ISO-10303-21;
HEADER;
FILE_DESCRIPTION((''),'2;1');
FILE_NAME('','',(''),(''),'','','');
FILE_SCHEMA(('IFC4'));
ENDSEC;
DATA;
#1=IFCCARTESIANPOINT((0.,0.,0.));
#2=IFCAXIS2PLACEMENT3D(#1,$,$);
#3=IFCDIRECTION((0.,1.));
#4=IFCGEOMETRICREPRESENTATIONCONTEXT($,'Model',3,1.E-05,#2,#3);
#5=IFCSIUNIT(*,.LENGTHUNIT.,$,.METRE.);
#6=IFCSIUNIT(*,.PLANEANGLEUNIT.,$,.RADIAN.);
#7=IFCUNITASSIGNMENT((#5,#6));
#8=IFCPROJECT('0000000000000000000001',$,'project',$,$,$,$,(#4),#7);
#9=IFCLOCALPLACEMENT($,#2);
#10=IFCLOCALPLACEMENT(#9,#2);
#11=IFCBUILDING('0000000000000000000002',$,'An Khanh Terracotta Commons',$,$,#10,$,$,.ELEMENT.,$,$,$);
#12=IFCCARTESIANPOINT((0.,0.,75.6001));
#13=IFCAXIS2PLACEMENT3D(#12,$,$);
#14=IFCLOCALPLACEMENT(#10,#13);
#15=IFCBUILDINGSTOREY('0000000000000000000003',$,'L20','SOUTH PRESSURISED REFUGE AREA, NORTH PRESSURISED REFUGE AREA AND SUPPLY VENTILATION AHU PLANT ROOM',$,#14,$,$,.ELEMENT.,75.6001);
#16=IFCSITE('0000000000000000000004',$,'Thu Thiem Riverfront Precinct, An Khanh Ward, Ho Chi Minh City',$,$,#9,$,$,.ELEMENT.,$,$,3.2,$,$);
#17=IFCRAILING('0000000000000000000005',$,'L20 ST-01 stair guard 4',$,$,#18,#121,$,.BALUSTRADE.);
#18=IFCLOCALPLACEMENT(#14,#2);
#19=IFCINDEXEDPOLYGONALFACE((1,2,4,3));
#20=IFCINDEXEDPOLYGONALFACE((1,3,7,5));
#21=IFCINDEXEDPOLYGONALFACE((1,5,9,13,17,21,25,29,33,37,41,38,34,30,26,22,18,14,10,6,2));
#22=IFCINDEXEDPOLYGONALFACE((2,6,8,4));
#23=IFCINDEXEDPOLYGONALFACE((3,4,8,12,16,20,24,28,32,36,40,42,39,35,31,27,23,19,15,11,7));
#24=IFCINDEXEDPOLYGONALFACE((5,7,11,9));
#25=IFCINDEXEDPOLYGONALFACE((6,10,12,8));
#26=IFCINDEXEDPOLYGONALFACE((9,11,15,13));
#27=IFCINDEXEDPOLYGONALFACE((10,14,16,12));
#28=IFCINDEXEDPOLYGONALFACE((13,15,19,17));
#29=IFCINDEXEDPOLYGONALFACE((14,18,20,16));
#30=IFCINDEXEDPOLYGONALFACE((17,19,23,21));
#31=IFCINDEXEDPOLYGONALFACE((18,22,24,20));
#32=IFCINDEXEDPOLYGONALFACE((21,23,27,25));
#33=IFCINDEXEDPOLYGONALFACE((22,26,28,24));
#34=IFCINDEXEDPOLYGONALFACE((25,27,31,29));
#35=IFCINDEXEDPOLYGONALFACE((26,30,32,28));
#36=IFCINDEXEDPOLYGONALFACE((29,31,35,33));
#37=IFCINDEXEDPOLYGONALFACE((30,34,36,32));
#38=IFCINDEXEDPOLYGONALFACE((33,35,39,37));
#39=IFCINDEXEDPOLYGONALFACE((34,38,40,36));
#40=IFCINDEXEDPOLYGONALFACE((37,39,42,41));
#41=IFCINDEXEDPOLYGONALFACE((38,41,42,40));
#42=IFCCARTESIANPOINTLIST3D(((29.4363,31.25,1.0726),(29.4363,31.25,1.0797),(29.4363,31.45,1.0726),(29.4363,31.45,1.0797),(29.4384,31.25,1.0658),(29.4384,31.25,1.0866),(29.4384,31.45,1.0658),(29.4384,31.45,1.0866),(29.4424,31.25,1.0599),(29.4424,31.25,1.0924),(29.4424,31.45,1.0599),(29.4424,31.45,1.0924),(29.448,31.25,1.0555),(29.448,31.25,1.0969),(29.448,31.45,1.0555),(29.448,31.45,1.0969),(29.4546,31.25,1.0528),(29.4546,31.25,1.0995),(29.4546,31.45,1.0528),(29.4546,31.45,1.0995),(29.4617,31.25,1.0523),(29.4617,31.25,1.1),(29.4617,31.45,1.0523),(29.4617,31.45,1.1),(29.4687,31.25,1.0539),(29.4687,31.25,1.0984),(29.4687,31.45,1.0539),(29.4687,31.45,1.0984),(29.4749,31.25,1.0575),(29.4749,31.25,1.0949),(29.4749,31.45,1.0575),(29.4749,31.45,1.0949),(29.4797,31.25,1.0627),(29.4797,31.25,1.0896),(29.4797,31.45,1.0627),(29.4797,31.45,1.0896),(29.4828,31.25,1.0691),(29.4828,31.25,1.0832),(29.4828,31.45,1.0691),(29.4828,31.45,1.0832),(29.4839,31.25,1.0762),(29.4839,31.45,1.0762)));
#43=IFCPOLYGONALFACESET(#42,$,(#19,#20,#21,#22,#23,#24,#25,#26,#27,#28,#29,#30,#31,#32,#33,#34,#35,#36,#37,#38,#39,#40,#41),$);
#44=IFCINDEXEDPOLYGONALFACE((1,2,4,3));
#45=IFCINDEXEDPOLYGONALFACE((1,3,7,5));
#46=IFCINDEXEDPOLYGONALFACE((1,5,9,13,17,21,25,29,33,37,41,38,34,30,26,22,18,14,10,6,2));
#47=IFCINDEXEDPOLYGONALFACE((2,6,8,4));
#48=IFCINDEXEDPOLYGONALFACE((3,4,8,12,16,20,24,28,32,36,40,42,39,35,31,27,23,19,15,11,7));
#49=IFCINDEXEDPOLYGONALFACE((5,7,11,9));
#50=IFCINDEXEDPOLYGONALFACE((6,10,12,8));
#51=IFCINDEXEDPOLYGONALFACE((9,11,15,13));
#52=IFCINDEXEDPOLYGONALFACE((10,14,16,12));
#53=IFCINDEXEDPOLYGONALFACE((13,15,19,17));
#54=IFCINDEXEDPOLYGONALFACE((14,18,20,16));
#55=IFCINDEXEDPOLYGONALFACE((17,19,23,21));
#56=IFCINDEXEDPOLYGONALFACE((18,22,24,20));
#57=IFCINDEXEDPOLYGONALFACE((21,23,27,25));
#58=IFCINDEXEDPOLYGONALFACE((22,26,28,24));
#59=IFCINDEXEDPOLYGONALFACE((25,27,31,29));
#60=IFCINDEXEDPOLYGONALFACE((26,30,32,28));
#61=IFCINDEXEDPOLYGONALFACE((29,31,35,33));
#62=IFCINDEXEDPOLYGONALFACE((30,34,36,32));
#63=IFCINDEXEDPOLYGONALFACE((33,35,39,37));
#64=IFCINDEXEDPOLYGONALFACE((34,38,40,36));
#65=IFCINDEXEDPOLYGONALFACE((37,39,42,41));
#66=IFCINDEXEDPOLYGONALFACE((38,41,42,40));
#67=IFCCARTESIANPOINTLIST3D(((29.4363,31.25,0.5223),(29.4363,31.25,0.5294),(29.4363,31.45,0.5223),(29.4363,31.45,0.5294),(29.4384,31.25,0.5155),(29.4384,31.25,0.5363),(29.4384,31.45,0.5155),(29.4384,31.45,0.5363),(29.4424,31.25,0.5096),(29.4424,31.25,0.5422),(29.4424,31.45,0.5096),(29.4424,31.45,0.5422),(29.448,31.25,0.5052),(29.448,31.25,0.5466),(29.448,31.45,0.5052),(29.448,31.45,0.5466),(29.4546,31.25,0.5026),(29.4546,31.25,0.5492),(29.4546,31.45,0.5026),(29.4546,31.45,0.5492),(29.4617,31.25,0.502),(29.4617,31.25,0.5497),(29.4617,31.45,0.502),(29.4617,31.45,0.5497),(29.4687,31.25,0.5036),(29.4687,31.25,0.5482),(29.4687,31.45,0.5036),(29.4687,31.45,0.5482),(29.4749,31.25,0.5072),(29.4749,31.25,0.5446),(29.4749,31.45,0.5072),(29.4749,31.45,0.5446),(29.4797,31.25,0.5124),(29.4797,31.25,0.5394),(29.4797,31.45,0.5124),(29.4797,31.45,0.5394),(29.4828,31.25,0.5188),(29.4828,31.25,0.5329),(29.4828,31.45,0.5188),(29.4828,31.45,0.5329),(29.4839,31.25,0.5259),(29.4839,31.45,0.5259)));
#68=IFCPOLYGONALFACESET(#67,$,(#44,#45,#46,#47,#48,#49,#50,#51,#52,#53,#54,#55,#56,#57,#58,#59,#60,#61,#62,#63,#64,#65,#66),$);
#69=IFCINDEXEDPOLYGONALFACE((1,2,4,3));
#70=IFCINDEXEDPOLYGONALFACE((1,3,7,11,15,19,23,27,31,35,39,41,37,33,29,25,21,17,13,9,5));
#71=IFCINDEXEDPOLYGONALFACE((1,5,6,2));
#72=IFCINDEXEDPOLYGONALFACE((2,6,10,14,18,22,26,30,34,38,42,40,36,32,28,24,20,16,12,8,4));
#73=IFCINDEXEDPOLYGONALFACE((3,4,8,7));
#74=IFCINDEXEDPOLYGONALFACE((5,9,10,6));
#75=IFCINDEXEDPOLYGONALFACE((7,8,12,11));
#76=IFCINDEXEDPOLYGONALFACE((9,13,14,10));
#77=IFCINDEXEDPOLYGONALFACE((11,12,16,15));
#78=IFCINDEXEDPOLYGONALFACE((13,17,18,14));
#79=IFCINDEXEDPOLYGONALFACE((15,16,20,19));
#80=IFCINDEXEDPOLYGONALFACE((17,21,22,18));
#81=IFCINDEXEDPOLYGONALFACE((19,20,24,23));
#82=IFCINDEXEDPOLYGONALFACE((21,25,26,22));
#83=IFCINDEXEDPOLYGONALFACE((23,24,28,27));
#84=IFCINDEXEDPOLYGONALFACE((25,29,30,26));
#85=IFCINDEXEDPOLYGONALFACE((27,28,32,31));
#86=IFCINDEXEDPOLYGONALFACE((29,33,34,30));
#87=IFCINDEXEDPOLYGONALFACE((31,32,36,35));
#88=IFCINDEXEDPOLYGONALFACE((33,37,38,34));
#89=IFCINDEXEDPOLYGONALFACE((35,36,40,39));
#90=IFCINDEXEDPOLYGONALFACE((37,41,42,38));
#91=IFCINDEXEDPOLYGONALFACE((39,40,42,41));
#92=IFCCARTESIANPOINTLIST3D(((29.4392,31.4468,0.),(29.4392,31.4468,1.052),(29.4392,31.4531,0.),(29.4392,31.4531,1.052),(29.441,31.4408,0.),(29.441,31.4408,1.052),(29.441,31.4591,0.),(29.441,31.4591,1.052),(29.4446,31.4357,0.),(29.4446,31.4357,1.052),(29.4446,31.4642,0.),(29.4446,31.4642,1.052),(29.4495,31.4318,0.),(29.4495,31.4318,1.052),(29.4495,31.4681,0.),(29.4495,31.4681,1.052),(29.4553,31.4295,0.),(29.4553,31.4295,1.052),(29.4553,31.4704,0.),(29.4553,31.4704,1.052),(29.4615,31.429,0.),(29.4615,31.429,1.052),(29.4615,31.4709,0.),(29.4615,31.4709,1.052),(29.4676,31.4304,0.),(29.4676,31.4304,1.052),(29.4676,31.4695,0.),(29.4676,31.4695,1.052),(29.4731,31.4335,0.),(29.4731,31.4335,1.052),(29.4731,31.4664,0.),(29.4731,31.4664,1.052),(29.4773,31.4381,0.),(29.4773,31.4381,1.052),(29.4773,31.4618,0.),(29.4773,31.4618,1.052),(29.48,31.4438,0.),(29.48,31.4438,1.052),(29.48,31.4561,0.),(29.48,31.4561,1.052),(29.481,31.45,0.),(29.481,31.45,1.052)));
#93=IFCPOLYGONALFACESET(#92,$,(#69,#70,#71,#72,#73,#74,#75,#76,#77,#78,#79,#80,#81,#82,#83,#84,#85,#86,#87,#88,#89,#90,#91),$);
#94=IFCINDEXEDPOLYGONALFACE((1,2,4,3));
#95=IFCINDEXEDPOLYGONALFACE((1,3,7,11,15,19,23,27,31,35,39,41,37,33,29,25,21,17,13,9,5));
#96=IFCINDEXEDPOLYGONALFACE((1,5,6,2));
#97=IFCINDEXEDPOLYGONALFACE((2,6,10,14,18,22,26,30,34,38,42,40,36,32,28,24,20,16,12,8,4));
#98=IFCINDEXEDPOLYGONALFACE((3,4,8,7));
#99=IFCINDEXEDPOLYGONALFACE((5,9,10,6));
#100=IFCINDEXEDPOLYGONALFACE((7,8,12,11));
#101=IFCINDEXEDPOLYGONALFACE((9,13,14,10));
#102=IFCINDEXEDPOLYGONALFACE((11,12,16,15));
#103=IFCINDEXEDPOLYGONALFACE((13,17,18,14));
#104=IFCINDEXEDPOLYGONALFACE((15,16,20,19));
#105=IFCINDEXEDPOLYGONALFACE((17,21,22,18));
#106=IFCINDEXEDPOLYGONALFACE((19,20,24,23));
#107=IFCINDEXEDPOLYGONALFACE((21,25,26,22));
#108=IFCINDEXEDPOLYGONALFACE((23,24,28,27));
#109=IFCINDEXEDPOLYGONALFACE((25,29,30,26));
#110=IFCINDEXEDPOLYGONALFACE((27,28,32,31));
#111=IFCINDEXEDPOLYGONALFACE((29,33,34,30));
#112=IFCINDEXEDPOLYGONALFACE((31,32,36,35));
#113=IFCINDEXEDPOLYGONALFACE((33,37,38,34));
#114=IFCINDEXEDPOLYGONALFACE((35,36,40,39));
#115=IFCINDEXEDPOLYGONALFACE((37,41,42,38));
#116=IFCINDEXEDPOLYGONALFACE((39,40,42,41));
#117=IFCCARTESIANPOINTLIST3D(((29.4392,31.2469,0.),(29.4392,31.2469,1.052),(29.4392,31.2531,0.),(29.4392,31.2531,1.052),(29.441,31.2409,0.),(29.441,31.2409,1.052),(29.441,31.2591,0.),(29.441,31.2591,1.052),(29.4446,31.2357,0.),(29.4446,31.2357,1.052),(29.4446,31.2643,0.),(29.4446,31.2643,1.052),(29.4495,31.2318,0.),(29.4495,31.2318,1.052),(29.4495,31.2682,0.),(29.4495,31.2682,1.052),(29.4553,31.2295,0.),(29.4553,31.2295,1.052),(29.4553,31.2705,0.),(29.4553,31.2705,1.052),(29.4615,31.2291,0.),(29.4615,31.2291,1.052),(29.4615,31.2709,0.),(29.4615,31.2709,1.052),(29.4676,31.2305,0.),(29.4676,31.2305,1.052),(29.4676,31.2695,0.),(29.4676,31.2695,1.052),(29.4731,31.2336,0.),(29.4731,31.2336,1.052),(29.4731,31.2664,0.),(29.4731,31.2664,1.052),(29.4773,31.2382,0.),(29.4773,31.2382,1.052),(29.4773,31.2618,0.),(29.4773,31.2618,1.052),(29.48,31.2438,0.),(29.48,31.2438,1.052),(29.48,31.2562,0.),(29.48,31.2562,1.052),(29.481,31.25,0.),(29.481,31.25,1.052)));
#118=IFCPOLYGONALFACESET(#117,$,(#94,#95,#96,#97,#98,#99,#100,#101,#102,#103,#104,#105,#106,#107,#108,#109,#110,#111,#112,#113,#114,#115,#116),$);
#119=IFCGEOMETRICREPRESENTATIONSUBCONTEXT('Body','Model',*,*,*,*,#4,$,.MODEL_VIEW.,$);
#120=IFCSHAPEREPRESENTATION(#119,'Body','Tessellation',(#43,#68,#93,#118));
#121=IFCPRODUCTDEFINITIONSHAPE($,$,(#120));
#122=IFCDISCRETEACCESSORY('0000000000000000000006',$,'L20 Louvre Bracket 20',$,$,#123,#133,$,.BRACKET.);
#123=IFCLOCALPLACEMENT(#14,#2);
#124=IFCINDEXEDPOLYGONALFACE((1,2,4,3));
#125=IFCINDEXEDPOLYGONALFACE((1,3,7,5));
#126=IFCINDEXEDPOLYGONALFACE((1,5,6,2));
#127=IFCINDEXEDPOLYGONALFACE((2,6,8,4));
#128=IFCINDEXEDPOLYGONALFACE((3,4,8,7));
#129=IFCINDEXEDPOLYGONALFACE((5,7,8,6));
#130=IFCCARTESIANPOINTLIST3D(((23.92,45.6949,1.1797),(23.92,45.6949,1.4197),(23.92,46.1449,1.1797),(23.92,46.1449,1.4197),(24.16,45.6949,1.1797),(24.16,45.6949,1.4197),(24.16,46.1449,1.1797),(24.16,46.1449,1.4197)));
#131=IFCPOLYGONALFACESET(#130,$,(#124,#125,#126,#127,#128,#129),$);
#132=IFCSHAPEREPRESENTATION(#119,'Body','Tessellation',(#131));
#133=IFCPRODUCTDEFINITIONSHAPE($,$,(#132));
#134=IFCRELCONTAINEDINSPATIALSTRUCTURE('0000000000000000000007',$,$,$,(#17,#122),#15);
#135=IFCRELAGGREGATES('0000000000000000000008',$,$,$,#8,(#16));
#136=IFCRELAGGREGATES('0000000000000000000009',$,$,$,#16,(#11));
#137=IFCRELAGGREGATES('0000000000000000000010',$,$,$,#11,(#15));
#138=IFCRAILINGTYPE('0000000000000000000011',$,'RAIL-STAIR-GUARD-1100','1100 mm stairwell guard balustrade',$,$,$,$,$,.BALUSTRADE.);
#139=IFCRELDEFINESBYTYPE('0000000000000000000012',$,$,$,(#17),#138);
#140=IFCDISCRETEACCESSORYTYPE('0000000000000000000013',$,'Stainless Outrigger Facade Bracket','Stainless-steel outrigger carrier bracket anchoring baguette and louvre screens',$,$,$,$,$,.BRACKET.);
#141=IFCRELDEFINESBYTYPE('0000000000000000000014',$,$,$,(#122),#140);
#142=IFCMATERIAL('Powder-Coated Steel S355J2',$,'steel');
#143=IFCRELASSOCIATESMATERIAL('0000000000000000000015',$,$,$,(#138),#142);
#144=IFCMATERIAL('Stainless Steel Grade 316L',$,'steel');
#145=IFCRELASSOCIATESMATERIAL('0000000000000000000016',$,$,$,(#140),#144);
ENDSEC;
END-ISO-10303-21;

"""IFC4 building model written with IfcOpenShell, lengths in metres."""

from ifc_helpers import new_model, si_unit, direction, frame, origin, origin_2d, place, context, subcontext, project, spatial, rectangle, circle, extrude, material, type_object, element, save


model = new_model("IFC4")

# Units and contexts
model_context = context("Model", 3, precision=1e-05, world=origin(), true_north=direction((0.0, 1.0)))
body_context = subcontext(model_context, "Body", "Model", "MODEL_VIEW")
ifc_project = project(units=[si_unit("LENGTHUNIT", "METRE"), si_unit("PLANEANGLEUNIT", "RADIAN")], contexts=[model_context])

# Site, building, storey
site_placement = place(None, origin())
site = spatial("IfcSite", under=ifc_project, at=site_placement, Name="Thu Thiem Riverfront Precinct, An Khanh Ward, Ho Chi Minh City", CompositionType="ELEMENT", RefElevation=3.2)
building_placement = place(site_placement, origin())
building = spatial("IfcBuilding", under=site, at=building_placement, Name="An Khanh Terracotta Commons", CompositionType="ELEMENT")
storey_placement = place(building_placement, frame((0.0, 0.0, 75.6001)))
storey = spatial("IfcBuildingStorey", under=building, at=storey_placement, Name="L20", Description="SOUTH PRESSURISED REFUGE AREA, NORTH PRESSURISED REFUGE AREA AND SUPPLY VENTILATION AHU PLANT ROOM", CompositionType="ELEMENT", Elevation=75.6001)

# Railing
ifc_material_1 = material(Name="Powder-Coated Steel S355J2", Category="steel")
railing_type_1 = type_object("IfcRailingType", Name="RAIL-STAIR-GUARD-1100", Description="1100 mm stairwell guard balustrade", PredefinedType="BALUSTRADE", material=ifc_material_1)
railing_1_placement = place(storey_placement, frame((29.46, 31.45, 0.0)))
element("IfcRailing", 1, at=railing_1_placement, inside=storey, type_object=railing_type_1, Name="L20 ST-01 stair guard 4", PredefinedType="BALUSTRADE", context=body_context, shape_type="SweptSolid", body=[
    extrude(circle(Radius=0.0239, at=origin_2d()), frame((0.0, 0.0, 1.0762), z_axis=(0.0, -1.0, 0.0), x_axis=(1.0, 0.0, 0.0)), (0.0, 0.0, 1.0), 0.2),
    extrude(circle(Radius=0.0239, at=origin_2d()), frame((0.0, 0.0, 0.5259), z_axis=(0.0, -1.0, 0.0), x_axis=(1.0, 0.0, 0.0)), (0.0, 0.0, 1.0), 0.2),
    extrude(circle(Radius=0.021, at=origin_2d()), origin(), (0.0, 0.0, 1.0), 1.052),
    extrude(circle(Radius=0.021, at=origin_2d()), frame((0.0, -0.2, 0.0)), (0.0, 0.0, 1.0), 1.052),
])

# Discrete accessory
ifc_material_2 = material(Name="Stainless Steel Grade 316L", Category="steel")
discrete_accessory_type = type_object("IfcDiscreteAccessoryType", Name="Stainless Outrigger Facade Bracket", Description="Stainless-steel outrigger carrier bracket anchoring baguette and louvre screens", PredefinedType="BRACKET", material=ifc_material_2)
discrete_accessory_placement = place(storey_placement, frame((24.04, 45.9199, 1.1797), z_axis=(0.0, 0.0, 1.0), x_axis=(-1.0, 0.0, 0.0)))
element("IfcDiscreteAccessory", 2, at=discrete_accessory_placement, inside=storey, type_object=discrete_accessory_type, Name="L20 Louvre Bracket 20", PredefinedType="BRACKET", context=body_context, shape_type="SweptSolid", body=[
    extrude(rectangle(XDim=0.24, YDim=0.45, at=origin_2d()), origin(), (0.0, 0.0, 1.0), 0.24),
])

save(model, "model.ifc")
